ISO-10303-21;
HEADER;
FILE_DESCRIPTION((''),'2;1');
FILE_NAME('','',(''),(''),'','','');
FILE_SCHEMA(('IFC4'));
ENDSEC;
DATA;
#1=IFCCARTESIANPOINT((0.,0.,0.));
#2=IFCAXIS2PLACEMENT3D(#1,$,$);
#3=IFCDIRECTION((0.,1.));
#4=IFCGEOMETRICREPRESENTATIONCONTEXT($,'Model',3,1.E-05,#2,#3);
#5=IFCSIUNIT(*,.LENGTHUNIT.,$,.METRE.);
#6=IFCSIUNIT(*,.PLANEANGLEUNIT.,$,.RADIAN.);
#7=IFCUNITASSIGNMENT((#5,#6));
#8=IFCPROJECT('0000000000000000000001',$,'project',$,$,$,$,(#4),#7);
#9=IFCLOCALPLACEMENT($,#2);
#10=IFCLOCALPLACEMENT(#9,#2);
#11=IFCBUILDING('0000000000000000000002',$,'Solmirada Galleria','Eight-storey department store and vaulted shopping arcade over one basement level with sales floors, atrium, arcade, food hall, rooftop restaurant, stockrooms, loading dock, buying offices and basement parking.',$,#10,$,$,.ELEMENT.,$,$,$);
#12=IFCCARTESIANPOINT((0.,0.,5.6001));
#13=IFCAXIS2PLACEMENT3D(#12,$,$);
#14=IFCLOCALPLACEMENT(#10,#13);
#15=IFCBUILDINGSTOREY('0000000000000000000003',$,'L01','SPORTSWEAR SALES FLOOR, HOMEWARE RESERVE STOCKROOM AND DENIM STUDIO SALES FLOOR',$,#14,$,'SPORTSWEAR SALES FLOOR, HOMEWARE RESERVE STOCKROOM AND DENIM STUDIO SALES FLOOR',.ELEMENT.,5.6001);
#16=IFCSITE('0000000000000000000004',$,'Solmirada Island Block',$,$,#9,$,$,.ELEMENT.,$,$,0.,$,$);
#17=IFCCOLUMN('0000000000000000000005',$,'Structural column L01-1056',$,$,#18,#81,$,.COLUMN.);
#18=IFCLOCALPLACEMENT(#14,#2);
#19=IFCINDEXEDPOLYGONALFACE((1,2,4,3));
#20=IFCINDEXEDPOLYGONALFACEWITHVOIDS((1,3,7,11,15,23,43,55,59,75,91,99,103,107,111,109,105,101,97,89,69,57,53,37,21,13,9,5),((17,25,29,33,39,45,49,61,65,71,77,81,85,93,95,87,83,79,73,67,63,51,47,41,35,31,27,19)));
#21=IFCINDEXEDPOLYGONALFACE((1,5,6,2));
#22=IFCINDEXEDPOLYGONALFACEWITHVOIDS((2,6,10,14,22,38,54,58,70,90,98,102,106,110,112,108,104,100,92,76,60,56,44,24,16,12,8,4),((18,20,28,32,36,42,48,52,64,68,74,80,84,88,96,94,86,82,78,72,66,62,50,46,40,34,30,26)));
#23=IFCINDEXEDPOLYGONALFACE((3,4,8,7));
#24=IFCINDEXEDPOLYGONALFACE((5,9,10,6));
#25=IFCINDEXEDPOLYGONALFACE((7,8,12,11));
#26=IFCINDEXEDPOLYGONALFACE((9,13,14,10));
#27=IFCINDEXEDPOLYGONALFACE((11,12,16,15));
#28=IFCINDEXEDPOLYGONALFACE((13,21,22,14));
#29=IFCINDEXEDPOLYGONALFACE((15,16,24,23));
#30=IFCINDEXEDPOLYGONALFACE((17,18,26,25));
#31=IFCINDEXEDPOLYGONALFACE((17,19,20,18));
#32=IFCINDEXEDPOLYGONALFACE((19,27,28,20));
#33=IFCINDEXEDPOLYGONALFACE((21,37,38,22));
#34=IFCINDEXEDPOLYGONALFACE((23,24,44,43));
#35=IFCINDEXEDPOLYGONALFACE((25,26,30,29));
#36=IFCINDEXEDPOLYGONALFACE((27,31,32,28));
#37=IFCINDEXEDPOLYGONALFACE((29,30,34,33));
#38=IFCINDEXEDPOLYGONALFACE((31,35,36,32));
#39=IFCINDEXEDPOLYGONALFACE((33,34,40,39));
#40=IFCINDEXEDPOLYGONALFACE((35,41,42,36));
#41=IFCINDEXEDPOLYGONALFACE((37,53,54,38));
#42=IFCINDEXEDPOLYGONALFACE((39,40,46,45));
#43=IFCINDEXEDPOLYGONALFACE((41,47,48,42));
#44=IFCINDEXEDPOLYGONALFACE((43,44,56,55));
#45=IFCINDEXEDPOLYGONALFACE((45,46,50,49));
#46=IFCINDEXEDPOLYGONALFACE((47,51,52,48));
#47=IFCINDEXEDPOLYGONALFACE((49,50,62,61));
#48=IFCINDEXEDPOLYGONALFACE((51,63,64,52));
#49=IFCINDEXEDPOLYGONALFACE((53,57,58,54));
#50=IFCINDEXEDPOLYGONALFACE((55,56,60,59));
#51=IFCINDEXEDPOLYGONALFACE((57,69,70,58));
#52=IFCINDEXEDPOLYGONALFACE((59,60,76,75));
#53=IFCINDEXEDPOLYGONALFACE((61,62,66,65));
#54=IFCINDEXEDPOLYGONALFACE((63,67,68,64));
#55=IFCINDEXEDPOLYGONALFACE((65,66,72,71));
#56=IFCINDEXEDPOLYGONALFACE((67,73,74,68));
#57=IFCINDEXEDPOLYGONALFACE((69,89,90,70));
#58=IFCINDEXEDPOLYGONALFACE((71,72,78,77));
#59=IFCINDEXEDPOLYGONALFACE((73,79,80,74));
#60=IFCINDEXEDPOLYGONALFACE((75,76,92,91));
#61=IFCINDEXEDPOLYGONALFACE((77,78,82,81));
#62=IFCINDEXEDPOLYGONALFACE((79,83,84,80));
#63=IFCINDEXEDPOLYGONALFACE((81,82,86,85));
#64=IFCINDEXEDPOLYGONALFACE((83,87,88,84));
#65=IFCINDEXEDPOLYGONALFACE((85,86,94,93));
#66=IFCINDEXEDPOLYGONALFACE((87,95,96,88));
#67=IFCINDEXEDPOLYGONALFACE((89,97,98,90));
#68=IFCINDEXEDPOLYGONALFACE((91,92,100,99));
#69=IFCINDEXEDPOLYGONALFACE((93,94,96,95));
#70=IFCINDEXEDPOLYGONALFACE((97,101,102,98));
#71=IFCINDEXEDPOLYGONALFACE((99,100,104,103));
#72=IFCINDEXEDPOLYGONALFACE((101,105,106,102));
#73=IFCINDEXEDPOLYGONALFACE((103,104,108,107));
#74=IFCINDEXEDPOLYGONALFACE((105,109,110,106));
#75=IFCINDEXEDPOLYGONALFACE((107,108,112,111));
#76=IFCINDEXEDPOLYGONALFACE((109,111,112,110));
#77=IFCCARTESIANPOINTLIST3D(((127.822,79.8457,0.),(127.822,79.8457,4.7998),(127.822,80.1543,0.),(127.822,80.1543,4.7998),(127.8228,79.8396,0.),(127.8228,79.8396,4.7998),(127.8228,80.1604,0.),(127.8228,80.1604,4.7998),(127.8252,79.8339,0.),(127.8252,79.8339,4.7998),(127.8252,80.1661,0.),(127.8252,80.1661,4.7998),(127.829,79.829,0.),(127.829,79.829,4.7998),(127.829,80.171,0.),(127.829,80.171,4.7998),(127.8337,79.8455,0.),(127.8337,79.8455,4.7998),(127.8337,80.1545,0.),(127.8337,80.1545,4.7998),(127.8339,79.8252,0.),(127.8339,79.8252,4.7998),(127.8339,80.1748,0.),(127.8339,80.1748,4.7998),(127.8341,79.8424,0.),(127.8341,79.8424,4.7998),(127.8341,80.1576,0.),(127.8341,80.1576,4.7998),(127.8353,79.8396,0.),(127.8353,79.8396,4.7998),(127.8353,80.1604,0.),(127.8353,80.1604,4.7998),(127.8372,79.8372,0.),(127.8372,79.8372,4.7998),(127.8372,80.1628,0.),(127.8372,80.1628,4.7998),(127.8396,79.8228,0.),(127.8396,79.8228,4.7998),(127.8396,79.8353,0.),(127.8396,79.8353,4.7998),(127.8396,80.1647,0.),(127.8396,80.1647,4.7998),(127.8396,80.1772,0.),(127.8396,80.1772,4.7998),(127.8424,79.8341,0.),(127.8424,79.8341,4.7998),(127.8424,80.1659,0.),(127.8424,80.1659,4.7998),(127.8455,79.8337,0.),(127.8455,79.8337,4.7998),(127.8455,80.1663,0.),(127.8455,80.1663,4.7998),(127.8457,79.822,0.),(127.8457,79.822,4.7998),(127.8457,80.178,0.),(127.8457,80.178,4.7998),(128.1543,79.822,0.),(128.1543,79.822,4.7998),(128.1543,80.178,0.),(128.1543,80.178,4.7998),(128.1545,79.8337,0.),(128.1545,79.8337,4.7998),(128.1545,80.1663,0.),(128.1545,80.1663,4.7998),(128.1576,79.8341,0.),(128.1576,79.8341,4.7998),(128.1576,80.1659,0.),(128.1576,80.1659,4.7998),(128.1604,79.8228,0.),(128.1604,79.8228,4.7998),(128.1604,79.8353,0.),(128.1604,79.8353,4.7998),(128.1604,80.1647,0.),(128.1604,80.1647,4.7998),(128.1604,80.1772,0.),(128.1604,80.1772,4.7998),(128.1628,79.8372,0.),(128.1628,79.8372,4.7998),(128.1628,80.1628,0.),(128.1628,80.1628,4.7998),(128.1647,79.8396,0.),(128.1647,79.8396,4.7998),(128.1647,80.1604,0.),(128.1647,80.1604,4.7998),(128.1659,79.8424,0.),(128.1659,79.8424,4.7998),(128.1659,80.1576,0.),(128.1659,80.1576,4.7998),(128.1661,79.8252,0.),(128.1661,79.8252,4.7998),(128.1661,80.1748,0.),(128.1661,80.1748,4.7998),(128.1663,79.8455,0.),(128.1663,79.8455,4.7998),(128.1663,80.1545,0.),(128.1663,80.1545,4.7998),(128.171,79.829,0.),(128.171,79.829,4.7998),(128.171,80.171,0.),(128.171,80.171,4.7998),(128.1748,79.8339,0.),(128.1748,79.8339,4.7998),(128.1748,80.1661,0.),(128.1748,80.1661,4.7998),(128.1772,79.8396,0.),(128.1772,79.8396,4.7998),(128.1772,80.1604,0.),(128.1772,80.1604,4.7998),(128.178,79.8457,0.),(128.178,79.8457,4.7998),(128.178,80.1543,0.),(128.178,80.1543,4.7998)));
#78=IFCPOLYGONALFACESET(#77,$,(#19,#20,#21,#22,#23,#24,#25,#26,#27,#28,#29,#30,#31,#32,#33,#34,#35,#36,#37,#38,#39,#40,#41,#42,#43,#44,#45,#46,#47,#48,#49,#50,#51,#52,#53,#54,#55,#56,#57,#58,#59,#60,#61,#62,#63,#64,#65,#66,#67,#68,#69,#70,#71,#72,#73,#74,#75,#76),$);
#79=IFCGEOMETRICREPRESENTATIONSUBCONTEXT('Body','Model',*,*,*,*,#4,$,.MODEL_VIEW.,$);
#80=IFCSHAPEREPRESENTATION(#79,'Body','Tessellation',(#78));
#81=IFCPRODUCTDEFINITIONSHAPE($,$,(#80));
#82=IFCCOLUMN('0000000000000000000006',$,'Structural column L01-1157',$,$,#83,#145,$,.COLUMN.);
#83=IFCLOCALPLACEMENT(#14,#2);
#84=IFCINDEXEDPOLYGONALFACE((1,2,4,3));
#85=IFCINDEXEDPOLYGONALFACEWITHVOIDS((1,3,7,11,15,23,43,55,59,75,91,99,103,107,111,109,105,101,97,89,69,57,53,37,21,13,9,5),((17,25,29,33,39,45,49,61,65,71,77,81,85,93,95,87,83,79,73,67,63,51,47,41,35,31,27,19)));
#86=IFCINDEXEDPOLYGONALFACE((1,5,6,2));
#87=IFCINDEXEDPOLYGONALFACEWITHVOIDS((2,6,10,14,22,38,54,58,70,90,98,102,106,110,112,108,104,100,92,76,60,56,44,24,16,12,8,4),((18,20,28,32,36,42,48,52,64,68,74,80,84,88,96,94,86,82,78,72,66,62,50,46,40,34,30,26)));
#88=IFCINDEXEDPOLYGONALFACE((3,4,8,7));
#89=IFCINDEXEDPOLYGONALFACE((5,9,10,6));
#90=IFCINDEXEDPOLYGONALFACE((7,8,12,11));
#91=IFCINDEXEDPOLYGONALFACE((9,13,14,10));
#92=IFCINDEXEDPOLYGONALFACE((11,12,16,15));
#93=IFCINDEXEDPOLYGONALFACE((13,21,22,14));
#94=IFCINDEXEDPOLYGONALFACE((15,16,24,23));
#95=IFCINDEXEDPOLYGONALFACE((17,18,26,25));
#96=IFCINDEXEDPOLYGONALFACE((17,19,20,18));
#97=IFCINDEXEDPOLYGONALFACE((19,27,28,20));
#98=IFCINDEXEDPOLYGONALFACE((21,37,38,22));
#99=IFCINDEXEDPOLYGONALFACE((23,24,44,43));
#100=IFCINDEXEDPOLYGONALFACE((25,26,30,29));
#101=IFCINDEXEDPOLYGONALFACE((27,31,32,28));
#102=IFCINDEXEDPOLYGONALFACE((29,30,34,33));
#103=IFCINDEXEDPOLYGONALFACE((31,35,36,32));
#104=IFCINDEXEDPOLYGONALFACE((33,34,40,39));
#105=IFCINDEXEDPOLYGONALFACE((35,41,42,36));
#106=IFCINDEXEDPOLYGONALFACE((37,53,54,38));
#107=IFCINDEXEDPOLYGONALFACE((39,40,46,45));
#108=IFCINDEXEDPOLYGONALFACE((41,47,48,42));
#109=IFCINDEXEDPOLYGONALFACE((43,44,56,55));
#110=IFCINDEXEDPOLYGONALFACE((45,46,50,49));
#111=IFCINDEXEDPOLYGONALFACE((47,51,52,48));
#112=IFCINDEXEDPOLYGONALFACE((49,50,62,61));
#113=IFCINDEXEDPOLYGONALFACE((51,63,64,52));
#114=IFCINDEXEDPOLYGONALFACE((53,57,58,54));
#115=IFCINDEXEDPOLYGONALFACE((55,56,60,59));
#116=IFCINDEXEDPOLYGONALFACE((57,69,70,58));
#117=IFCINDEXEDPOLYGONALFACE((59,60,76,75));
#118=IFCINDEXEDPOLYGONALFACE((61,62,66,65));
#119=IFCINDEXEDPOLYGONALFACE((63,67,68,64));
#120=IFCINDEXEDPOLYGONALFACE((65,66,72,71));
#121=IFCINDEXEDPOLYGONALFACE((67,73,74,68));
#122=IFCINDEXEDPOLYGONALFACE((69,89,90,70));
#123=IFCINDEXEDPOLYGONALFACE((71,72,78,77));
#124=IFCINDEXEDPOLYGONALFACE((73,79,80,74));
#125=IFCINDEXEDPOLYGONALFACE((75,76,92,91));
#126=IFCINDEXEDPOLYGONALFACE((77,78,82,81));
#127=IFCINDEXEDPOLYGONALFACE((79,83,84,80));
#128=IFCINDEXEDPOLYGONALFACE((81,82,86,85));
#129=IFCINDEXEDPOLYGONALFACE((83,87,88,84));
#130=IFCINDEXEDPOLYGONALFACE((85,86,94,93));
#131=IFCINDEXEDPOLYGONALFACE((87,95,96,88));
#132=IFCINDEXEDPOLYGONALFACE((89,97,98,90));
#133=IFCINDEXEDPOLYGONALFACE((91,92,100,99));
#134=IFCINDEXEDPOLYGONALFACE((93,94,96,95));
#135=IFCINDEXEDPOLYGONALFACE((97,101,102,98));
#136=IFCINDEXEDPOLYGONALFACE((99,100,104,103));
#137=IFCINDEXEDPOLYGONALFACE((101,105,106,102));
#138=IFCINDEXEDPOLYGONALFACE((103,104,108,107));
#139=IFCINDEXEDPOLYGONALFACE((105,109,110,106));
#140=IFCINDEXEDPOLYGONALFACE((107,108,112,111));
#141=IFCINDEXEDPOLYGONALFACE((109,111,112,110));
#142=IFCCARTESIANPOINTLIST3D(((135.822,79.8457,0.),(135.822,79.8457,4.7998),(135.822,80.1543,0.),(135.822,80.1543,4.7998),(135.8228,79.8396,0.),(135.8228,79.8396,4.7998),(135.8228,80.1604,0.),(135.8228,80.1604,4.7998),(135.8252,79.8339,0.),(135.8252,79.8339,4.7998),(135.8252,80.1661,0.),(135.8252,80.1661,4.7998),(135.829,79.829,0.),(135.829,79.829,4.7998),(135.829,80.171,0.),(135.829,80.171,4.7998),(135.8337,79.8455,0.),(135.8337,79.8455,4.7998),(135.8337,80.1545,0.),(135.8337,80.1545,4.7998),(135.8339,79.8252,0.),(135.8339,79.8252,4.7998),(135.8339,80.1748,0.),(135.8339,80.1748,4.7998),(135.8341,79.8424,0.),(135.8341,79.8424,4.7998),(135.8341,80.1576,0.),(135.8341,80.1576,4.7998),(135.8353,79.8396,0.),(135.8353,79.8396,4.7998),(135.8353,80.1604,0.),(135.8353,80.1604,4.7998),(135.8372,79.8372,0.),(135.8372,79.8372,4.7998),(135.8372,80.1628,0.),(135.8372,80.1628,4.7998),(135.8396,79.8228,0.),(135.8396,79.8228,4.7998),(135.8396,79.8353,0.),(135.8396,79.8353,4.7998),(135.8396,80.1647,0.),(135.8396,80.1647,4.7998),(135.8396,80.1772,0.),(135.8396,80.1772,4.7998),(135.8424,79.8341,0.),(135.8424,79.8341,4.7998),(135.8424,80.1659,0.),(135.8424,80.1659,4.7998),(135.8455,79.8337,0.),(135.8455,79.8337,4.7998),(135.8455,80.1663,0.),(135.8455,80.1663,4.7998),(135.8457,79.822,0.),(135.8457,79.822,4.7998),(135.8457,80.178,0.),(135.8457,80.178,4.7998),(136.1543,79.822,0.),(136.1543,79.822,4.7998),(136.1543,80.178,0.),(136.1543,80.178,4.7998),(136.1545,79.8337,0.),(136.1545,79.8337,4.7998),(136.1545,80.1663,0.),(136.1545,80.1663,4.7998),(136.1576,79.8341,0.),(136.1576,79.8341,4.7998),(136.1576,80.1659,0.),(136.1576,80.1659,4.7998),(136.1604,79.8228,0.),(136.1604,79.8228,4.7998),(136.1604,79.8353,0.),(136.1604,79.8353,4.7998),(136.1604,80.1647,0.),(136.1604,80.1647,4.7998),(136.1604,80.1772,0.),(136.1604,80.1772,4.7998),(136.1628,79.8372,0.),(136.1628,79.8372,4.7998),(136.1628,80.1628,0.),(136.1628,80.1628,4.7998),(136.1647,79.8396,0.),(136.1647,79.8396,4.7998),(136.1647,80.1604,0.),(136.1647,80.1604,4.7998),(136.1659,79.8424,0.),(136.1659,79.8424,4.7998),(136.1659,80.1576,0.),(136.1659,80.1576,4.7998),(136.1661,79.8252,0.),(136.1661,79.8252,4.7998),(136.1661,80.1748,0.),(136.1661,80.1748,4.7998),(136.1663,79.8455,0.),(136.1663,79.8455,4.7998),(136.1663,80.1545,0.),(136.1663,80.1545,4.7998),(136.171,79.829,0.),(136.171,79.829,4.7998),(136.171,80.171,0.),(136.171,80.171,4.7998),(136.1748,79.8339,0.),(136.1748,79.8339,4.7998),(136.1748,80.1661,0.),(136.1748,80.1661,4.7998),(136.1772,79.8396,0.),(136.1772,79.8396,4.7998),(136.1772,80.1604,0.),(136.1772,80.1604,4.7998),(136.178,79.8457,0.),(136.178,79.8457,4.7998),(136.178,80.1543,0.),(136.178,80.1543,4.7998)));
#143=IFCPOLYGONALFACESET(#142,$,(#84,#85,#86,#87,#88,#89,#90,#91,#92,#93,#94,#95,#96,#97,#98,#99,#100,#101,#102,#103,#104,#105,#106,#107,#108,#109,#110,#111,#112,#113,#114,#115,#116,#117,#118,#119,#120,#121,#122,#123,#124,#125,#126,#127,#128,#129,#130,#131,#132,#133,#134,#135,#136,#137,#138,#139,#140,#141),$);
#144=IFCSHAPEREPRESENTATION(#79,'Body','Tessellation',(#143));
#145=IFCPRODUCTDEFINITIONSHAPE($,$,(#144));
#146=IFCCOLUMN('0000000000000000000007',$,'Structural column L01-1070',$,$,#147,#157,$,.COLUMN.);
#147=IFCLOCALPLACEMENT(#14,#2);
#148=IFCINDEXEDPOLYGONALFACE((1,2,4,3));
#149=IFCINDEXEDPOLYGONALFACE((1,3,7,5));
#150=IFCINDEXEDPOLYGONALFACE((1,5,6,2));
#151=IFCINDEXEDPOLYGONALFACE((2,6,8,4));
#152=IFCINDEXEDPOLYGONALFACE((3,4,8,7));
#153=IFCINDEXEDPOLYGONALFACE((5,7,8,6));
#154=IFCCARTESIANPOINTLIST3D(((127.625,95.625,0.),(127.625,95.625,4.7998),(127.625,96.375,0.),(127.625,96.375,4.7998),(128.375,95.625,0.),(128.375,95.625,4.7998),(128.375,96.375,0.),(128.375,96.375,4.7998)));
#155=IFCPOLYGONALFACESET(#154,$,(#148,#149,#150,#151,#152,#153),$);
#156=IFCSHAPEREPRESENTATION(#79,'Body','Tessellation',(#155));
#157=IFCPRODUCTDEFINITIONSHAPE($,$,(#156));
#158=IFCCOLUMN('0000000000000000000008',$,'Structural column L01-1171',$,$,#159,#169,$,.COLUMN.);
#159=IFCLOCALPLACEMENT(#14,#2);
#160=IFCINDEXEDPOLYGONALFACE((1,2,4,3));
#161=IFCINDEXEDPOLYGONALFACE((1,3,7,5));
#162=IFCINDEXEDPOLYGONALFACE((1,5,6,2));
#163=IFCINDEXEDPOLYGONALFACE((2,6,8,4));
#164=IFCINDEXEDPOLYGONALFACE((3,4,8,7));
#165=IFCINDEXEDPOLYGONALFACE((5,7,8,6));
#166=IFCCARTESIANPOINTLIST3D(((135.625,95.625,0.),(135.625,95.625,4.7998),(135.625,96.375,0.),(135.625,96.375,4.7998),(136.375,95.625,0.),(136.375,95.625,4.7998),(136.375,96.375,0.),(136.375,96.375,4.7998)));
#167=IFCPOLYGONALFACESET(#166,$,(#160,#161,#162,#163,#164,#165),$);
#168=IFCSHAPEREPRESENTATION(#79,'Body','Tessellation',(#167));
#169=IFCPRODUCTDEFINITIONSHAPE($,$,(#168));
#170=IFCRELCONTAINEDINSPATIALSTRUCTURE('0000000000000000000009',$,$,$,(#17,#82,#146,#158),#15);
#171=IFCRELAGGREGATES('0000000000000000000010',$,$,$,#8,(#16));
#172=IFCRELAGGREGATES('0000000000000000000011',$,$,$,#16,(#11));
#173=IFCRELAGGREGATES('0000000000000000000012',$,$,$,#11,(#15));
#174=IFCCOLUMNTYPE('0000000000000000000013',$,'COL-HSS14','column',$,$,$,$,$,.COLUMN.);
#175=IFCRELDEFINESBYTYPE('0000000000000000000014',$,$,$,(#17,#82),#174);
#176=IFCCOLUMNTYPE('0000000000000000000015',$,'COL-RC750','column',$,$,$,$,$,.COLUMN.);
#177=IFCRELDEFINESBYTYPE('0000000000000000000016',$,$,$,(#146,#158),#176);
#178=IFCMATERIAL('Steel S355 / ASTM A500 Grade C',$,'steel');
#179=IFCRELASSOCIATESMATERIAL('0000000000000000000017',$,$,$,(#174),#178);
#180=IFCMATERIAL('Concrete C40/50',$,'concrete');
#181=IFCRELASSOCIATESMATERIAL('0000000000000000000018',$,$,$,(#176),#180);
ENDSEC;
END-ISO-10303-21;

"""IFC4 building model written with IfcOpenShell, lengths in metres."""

from ifc_helpers import new_model, si_unit, direction, frame, origin, origin_2d, place, context, subcontext, project, spatial, rectangle, hollow_rectangle, extrude, material, material_profile, profile_set, type_object, element, save


model = new_model("IFC4")

# Units and contexts
model_context = context("Model", 3, precision=1e-05, world=origin(), true_north=direction((0.0, 1.0)))
body_context = subcontext(model_context, "Body", "Model", "MODEL_VIEW")
ifc_project = project(units=[si_unit("LENGTHUNIT", "METRE"), si_unit("PLANEANGLEUNIT", "RADIAN")], contexts=[model_context])

# Site, building, storey
site_placement = place(None, origin())
site = spatial("IfcSite", under=ifc_project, at=site_placement, Name="Solmirada Island Block", CompositionType="ELEMENT", RefElevation=0.0)
building_placement = place(site_placement, origin())
building = spatial("IfcBuilding", under=site, at=building_placement, Name="Solmirada Galleria", Description="Eight-storey department store and vaulted shopping arcade over one basement level with sales floors, atrium, arcade, food hall, rooftop restaurant, stockrooms, loading dock, buying offices and basement parking.", CompositionType="ELEMENT")
storey_placement = place(building_placement, frame((0.0, 0.0, 5.6001)))
storey = spatial("IfcBuildingStorey", under=building, at=storey_placement, Name="L01", Description="SPORTSWEAR SALES FLOOR, HOMEWARE RESERVE STOCKROOM AND DENIM STUDIO SALES FLOOR", LongName="SPORTSWEAR SALES FLOOR, HOMEWARE RESERVE STOCKROOM AND DENIM STUDIO SALES FLOOR", CompositionType="ELEMENT", Elevation=5.6001)

# Columns
ifc_material_1 = material(Name="Steel S355 / ASTM A500 Grade C", Category="steel")
ifc_material_profile_1 = material_profile(ifc_material_1, hollow_rectangle(XDim=0.356, YDim=0.356, WallThickness=0.0117, InnerFilletRadius=0.0117, OuterFilletRadius=0.0237, at=origin_2d()), Name="HSS14X14X1/2")
ifc_profile_set_1 = profile_set([ifc_material_profile_1], Name="Steel S355 / ASTM A500 Grade C")
column_type_1 = type_object("IfcColumnType", Name="COL-HSS14", Description="column", PredefinedType="COLUMN", material=ifc_profile_set_1)
for number, where, z_axis, x_axis, name in (
    (1, (128.0, 80.0, 0.0), (0.0, 0.0, 1.0), (1.0, 0.0, 0.0), "Structural column L01-1056"),
    (2, (136.0, 80.0, 0.0), (0.0, 0.0, 1.0), (1.0, 0.0, 0.0), "Structural column L01-1157"),
):
    element("IfcColumn", number, at=place(storey_placement, frame(where, z_axis=z_axis, x_axis=x_axis)), inside=storey, type_object=column_type_1, Name=name, PredefinedType="COLUMN", context=body_context, shape_type="SweptSolid", body=[
        extrude(hollow_rectangle(XDim=0.356, YDim=0.356, WallThickness=0.0117, InnerFilletRadius=0.0117, OuterFilletRadius=0.0237, at=origin_2d()), origin(), (0.0, 0.0, 1.0), 4.7998),
    ])
ifc_material_2 = material(Name="Concrete C40/50", Category="concrete")
ifc_material_profile_2 = material_profile(ifc_material_2, rectangle(XDim=0.75, YDim=0.75, at=origin_2d()), Name="RC750X750")
ifc_profile_set_2 = profile_set([ifc_material_profile_2], Name="Concrete C40/50")
column_type_2 = type_object("IfcColumnType", Name="COL-RC750", Description="column", PredefinedType="COLUMN", material=ifc_profile_set_2)
for number, where, z_axis, x_axis, name in (
    (3, (128.0, 96.0, 0.0), (0.0, 0.0, 1.0), (1.0, 0.0, 0.0), "Structural column L01-1070"),
    (4, (136.0, 96.0, 0.0), (0.0, 0.0, 1.0), (1.0, 0.0, 0.0), "Structural column L01-1171"),
):
    element("IfcColumn", number, at=place(storey_placement, frame(where, z_axis=z_axis, x_axis=x_axis)), inside=storey, type_object=column_type_2, Name=name, PredefinedType="COLUMN", context=body_context, shape_type="SweptSolid", body=[
        extrude(rectangle(XDim=0.75, YDim=0.75, at=origin_2d()), origin(), (0.0, 0.0, 1.0), 4.7998),
    ])

save(model, "model.ifc")
